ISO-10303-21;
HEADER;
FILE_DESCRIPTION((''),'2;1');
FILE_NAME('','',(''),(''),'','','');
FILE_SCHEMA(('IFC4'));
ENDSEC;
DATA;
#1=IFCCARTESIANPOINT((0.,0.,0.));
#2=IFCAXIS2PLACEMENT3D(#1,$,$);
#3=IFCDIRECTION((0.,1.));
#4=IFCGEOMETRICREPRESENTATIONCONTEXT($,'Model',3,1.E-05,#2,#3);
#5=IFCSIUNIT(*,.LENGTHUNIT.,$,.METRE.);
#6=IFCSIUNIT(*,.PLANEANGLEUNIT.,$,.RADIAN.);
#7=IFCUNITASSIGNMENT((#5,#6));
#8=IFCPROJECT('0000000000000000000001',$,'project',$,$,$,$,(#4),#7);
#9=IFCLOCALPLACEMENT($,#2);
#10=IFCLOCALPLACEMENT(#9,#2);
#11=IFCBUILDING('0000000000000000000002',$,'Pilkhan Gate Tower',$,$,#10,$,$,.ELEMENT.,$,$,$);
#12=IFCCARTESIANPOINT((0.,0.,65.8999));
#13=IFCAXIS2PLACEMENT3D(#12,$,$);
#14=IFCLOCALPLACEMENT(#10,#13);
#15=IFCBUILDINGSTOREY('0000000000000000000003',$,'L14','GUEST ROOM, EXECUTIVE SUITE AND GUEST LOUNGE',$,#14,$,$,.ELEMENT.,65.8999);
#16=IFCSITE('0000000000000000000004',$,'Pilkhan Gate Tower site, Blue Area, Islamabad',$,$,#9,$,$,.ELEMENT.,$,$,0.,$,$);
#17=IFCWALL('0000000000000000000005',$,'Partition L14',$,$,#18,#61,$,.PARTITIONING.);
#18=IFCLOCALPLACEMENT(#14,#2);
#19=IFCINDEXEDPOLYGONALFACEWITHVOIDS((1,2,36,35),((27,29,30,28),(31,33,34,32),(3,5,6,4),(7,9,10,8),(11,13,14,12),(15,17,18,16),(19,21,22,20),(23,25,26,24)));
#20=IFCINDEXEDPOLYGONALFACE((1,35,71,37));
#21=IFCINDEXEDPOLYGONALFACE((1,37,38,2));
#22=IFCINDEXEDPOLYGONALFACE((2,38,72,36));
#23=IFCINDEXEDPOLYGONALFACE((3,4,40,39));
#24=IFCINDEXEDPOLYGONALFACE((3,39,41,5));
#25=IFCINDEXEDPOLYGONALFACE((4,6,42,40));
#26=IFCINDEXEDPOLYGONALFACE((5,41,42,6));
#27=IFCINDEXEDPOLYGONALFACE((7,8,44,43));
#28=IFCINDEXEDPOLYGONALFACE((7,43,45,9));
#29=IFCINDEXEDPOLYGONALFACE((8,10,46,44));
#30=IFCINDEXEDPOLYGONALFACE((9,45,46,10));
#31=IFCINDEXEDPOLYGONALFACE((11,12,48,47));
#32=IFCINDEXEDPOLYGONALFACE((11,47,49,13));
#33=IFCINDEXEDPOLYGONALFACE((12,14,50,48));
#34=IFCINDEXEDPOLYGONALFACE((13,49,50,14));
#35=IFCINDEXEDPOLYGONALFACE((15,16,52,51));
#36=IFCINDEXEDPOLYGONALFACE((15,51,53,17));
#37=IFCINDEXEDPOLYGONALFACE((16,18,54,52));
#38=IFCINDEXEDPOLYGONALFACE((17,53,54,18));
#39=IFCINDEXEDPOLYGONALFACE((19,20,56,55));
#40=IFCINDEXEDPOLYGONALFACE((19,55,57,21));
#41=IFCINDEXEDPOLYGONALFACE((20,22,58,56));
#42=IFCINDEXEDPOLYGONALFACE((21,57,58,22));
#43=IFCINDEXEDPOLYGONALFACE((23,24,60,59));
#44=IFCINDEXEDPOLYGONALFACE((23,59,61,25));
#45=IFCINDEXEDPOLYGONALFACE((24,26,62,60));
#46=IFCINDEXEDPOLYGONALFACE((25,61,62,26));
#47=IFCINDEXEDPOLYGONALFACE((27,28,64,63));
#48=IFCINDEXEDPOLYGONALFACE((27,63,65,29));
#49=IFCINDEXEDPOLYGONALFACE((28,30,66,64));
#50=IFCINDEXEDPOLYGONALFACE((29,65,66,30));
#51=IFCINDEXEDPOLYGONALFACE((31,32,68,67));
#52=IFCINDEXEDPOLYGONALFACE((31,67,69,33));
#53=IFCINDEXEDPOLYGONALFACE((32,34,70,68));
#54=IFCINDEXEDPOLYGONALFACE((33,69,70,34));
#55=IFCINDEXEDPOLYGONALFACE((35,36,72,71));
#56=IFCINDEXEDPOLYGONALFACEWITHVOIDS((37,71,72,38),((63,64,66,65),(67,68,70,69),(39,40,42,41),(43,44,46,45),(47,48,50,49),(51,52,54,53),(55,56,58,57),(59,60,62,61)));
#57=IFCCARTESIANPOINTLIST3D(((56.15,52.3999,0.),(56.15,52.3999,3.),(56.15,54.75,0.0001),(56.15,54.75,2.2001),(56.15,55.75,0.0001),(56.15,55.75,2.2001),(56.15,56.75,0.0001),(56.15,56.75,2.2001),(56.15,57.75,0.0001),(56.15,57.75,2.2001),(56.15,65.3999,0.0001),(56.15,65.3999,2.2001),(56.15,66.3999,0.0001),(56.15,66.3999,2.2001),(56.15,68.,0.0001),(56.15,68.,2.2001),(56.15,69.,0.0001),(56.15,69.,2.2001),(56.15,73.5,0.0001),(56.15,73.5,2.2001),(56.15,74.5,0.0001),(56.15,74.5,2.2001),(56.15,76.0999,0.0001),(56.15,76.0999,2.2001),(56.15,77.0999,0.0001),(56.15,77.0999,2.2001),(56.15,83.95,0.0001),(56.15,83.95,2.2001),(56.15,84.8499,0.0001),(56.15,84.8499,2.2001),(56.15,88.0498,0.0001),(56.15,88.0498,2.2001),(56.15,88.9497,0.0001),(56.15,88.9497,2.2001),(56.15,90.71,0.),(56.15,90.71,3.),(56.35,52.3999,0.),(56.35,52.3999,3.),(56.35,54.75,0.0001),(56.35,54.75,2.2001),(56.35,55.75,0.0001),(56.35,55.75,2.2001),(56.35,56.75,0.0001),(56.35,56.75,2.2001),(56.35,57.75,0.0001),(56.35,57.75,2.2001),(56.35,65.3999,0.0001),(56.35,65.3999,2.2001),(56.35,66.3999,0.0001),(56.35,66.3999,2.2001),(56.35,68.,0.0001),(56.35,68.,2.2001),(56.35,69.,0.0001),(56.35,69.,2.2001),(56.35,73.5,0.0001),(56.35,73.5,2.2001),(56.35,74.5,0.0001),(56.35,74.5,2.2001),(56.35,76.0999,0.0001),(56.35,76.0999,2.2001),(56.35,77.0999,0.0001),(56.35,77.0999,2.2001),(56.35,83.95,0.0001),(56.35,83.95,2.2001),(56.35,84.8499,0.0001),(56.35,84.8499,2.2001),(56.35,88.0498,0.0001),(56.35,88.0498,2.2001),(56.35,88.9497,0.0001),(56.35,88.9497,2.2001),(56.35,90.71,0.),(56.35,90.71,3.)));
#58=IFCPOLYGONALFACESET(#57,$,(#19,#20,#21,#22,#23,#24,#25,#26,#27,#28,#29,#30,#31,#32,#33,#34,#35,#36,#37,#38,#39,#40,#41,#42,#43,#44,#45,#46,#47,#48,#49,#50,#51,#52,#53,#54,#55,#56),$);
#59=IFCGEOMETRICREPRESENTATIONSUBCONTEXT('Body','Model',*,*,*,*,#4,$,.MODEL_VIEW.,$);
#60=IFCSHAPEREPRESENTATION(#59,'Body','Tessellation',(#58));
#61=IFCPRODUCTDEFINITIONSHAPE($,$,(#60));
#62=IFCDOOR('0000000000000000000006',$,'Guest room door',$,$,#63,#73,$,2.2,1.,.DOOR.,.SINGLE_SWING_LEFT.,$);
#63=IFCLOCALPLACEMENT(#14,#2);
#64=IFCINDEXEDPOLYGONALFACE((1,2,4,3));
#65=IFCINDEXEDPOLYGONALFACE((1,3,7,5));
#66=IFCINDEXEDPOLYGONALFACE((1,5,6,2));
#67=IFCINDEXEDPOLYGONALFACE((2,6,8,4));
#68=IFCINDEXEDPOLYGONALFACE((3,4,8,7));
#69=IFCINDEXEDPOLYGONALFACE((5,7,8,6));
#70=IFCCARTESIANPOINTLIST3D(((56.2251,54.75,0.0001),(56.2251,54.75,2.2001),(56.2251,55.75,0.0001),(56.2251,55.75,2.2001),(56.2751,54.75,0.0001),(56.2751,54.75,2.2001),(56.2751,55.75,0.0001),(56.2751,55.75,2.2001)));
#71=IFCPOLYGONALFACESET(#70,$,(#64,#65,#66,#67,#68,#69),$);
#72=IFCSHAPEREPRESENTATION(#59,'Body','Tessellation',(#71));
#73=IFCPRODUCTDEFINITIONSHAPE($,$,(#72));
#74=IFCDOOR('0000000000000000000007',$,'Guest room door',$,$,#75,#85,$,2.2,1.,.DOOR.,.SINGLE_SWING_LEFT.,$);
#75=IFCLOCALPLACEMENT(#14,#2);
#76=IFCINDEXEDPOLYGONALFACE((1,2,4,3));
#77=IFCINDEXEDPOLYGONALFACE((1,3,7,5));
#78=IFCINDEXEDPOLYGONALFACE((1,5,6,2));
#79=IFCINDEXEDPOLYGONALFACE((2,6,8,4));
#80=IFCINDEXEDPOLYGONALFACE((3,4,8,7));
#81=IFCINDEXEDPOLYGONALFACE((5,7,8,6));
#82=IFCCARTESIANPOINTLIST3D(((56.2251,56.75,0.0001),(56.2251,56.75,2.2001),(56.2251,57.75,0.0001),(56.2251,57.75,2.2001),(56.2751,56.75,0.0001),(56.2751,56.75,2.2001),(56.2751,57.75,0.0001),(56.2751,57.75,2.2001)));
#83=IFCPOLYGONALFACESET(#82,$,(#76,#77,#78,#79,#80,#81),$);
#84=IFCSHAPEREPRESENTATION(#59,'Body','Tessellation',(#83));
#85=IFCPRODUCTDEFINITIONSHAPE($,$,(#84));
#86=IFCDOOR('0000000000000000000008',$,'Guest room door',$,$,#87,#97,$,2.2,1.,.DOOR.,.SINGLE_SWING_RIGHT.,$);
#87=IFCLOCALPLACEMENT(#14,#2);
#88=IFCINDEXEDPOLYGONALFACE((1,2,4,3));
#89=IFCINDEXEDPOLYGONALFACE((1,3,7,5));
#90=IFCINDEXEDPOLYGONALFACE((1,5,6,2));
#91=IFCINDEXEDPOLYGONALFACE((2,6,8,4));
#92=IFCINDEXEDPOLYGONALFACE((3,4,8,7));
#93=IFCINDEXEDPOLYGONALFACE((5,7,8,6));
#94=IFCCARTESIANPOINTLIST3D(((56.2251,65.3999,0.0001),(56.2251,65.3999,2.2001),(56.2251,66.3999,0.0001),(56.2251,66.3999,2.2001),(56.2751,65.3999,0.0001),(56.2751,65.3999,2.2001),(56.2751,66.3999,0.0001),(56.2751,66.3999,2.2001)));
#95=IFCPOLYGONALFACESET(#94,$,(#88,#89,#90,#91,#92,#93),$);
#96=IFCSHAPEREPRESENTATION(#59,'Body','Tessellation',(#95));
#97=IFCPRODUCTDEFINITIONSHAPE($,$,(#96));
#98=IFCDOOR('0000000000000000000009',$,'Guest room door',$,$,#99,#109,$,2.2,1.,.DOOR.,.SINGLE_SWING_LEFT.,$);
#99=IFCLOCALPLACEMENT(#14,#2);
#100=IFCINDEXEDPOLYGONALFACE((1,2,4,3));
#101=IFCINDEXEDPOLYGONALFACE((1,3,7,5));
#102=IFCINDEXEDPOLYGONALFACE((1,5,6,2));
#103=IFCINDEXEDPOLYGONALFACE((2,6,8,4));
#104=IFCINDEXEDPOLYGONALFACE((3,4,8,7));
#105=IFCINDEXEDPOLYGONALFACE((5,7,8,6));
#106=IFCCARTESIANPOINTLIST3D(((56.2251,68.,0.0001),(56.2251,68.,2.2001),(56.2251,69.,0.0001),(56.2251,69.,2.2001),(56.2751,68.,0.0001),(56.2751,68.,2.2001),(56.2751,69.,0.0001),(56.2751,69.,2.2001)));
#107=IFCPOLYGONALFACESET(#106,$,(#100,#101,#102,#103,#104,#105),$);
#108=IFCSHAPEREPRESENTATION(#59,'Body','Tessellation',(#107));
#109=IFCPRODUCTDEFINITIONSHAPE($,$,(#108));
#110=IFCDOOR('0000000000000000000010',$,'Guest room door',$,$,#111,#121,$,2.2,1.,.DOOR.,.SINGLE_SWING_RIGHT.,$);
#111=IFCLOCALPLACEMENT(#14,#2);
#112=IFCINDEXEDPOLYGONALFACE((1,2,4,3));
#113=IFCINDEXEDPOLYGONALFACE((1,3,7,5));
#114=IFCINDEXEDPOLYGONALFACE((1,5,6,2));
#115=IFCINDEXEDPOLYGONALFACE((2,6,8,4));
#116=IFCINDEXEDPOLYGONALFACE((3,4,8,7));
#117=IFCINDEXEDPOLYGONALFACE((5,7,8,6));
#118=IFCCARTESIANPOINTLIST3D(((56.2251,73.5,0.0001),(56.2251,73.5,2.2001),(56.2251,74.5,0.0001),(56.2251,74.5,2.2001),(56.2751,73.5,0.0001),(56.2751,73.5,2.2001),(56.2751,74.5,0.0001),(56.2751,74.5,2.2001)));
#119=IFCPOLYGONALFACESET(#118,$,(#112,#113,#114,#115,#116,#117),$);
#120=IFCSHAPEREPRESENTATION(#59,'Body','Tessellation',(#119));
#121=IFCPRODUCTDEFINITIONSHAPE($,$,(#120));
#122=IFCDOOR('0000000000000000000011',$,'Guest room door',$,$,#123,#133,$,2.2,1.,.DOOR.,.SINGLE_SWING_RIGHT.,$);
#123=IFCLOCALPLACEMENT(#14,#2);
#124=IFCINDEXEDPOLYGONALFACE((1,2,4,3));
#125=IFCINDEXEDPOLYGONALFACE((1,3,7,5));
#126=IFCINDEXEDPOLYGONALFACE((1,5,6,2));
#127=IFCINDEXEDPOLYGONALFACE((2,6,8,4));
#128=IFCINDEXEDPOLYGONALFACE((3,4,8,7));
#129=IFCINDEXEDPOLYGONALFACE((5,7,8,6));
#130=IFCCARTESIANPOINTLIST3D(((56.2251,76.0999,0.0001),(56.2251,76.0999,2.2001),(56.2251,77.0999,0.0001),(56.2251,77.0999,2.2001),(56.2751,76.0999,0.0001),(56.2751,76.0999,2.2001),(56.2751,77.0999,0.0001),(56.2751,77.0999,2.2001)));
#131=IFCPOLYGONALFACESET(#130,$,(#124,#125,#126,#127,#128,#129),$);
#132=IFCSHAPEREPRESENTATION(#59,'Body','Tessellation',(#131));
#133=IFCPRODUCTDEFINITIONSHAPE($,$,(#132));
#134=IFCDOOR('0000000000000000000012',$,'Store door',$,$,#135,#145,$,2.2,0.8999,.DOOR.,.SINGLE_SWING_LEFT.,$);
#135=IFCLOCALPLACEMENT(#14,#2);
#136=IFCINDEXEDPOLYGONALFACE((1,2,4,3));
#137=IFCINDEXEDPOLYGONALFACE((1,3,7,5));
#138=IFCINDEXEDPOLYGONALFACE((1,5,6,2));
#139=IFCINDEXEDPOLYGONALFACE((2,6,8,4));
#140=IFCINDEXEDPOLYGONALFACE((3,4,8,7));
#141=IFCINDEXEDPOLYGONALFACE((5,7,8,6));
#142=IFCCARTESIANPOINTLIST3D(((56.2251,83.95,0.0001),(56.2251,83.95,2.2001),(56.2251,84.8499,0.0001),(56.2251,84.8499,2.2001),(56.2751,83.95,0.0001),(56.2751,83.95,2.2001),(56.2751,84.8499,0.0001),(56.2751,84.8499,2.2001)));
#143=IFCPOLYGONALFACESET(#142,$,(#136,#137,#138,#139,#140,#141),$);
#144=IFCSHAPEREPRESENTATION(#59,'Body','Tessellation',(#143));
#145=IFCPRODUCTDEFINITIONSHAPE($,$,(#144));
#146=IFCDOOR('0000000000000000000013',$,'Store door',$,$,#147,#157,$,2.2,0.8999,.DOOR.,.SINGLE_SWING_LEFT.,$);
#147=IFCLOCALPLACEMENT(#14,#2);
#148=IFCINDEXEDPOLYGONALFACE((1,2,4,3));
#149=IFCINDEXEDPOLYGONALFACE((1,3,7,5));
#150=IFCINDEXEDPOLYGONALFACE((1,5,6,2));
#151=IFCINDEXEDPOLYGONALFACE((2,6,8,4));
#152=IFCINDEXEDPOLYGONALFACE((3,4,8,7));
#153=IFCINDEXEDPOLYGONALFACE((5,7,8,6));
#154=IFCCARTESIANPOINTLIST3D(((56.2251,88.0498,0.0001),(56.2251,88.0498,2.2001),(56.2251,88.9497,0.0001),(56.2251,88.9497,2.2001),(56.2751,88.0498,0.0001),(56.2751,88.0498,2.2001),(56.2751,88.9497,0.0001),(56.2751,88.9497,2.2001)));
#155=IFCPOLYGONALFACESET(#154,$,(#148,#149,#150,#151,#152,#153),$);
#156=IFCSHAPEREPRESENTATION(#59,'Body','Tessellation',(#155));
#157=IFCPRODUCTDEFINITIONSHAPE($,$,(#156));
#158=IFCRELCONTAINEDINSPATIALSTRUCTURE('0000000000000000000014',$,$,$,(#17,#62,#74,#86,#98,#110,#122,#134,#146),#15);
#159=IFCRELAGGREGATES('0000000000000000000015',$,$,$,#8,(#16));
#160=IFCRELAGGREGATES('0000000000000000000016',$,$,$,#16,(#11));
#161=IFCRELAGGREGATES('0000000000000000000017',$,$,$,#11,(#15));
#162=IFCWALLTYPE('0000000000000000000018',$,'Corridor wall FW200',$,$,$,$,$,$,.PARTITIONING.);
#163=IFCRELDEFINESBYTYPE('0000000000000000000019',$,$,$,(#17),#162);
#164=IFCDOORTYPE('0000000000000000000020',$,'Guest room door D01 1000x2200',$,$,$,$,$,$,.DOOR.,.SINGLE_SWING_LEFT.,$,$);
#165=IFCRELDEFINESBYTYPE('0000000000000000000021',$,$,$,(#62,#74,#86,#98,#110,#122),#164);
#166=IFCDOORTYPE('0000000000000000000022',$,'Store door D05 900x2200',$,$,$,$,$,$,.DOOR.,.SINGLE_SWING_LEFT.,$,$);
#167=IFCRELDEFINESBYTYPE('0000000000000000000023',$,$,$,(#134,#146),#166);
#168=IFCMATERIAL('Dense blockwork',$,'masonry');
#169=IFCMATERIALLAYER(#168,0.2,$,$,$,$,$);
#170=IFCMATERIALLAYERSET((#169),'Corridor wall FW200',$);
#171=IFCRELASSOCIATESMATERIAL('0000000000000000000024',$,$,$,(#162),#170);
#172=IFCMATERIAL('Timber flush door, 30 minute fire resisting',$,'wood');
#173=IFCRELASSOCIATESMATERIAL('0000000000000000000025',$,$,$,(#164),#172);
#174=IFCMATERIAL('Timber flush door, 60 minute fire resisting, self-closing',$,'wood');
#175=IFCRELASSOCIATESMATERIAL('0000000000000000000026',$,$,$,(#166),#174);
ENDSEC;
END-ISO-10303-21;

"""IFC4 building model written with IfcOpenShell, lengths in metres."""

from ifc_helpers import new_model, si_unit, direction, frame, frame_2d, origin, place, context, subcontext, project, spatial, rectangle, extrude, material, layer, layer_set, type_object, element, fill, save


model = new_model("IFC4")

# Units and contexts
model_context = context("Model", 3, precision=1e-05, world=origin(), true_north=direction((0.0, 1.0)))
body_context = subcontext(model_context, "Body", "Model", "MODEL_VIEW")
ifc_project = project(units=[si_unit("LENGTHUNIT", "METRE"), si_unit("PLANEANGLEUNIT", "RADIAN")], contexts=[model_context])

# Site, building, storey
site_placement = place(None, origin())
site = spatial("IfcSite", under=ifc_project, at=site_placement, Name="Pilkhan Gate Tower site, Blue Area, Islamabad", CompositionType="ELEMENT", RefElevation=0.0)
building_placement = place(site_placement, origin())
building = spatial("IfcBuilding", under=site, at=building_placement, Name="Pilkhan Gate Tower", CompositionType="ELEMENT")
storey_placement = place(building_placement, frame((0.0, 0.0, 65.8999)))
storey = spatial("IfcBuildingStorey", under=building, at=storey_placement, Name="L14", Description="GUEST ROOM, EXECUTIVE SUITE AND GUEST LOUNGE", CompositionType="ELEMENT", Elevation=65.8999)

# Wall, openings, doors
ifc_material_1 = material(Name="Dense blockwork", Category="masonry")
ifc_layer_1 = layer(ifc_material_1, 0.2)
ifc_layer_set_1 = layer_set([ifc_layer_1], Name="Corridor wall FW200")
wall_type_1 = type_object("IfcWallType", Name="Corridor wall FW200", PredefinedType="PARTITIONING", material=ifc_layer_set_1)
wall_1_placement = place(storey_placement, frame((56.25, 52.3999, 0.0), z_axis=(0.0, 0.0, 1.0), x_axis=(0.0, 1.0, 0.0)))
wall_1 = element("IfcWall", 1, at=wall_1_placement, inside=storey, type_object=wall_type_1, Name="Partition L14", PredefinedType="PARTITIONING", context=body_context, shape_type="SweptSolid", body=[
    extrude(rectangle(XDim=38.3101, YDim=0.2, at=frame_2d((19.155, 0.0))), origin(), (0.0, 0.0, 1.0), 3.0),
])
opening_1_placement = place(wall_1_placement, frame((2.3501, 0.0, 0.0)))
opening_1 = element("IfcOpeningElement", 2, at=opening_1_placement, cuts=wall_1, PredefinedType="OPENING", context=body_context, shape_type="SweptSolid", body=[
    extrude(rectangle(XDim=1.0, YDim=2.2, at=frame_2d((0.5, 1.1001))), frame((0.0, 0.1099, 0.0), z_axis=(0.0, -1.0, 0.0), x_axis=(1.0, 0.0, 0.0)), (0.0, 0.0, 1.0), 0.22),
])
opening_2_placement = place(wall_1_placement, frame((4.3501, 0.0, 0.0)))
opening_2 = element("IfcOpeningElement", 3, at=opening_2_placement, cuts=wall_1, PredefinedType="OPENING", context=body_context, shape_type="SweptSolid", body=[
    extrude(rectangle(XDim=1.0, YDim=2.2, at=frame_2d((0.5, 1.1001))), frame((0.0, 0.1099, 0.0), z_axis=(0.0, -1.0, 0.0), x_axis=(1.0, 0.0, 0.0)), (0.0, 0.0, 1.0), 0.22),
])
opening_3_placement = place(wall_1_placement, frame((13.0, 0.0, 0.0)))
opening_3 = element("IfcOpeningElement", 4, at=opening_3_placement, cuts=wall_1, PredefinedType="OPENING", context=body_context, shape_type="SweptSolid", body=[
    extrude(rectangle(XDim=1.0, YDim=2.2, at=frame_2d((0.5, 1.1001))), frame((0.0, 0.1099, 0.0), z_axis=(0.0, -1.0, 0.0), x_axis=(1.0, 0.0, 0.0)), (0.0, 0.0, 1.0), 0.22),
])
opening_4_placement = place(wall_1_placement, frame((15.6001, 0.0, 0.0)))
opening_4 = element("IfcOpeningElement", 5, at=opening_4_placement, cuts=wall_1, PredefinedType="OPENING", context=body_context, shape_type="SweptSolid", body=[
    extrude(rectangle(XDim=1.0, YDim=2.2, at=frame_2d((0.5, 1.1001))), frame((0.0, 0.1099, 0.0), z_axis=(0.0, -1.0, 0.0), x_axis=(1.0, 0.0, 0.0)), (0.0, 0.0, 1.0), 0.22),
])
opening_5_placement = place(wall_1_placement, frame((21.1001, 0.0, 0.0)))
opening_5 = element("IfcOpeningElement", 6, at=opening_5_placement, cuts=wall_1, PredefinedType="OPENING", context=body_context, shape_type="SweptSolid", body=[
    extrude(rectangle(XDim=1.0, YDim=2.2, at=frame_2d((0.5, 1.1001))), frame((0.0, 0.1099, 0.0), z_axis=(0.0, -1.0, 0.0), x_axis=(1.0, 0.0, 0.0)), (0.0, 0.0, 1.0), 0.22),
])
opening_6_placement = place(wall_1_placement, frame((23.7, 0.0, 0.0)))
opening_6 = element("IfcOpeningElement", 7, at=opening_6_placement, cuts=wall_1, PredefinedType="OPENING", context=body_context, shape_type="SweptSolid", body=[
    extrude(rectangle(XDim=1.0, YDim=2.2, at=frame_2d((0.5, 1.1001))), frame((0.0, 0.1099, 0.0), z_axis=(0.0, -1.0, 0.0), x_axis=(1.0, 0.0, 0.0)), (0.0, 0.0, 1.0), 0.22),
])
opening_7_placement = place(wall_1_placement, frame((31.55, 0.0, 0.0)))
opening_7 = element("IfcOpeningElement", 8, at=opening_7_placement, cuts=wall_1, PredefinedType="OPENING", context=body_context, shape_type="SweptSolid", body=[
    extrude(rectangle(XDim=0.8999, YDim=2.2, at=frame_2d((0.45, 1.1001))), frame((0.0, 0.1099, 0.0), z_axis=(0.0, -1.0, 0.0), x_axis=(1.0, 0.0, 0.0)), (0.0, 0.0, 1.0), 0.22),
])
opening_8_placement = place(wall_1_placement, frame((35.6499, 0.0, 0.0)))
opening_8 = element("IfcOpeningElement", 9, at=opening_8_placement, cuts=wall_1, PredefinedType="OPENING", context=body_context, shape_type="SweptSolid", body=[
    extrude(rectangle(XDim=0.8999, YDim=2.2, at=frame_2d((0.45, 1.1001))), frame((0.0, 0.1099, 0.0), z_axis=(0.0, -1.0, 0.0), x_axis=(1.0, 0.0, 0.0)), (0.0, 0.0, 1.0), 0.22),
])
ifc_material_2 = material(Name="Timber flush door, 30 minute fire resisting", Category="wood")
door_type_1 = type_object("IfcDoorType", Name="Guest room door D01 1000x2200", OperationType="SINGLE_SWING_LEFT", PredefinedType="DOOR", material=ifc_material_2)
door_1_placement = place(opening_1_placement, origin())
door_1 = element("IfcDoor", 10, at=door_1_placement, inside=storey, type_object=door_type_1, Name="Guest room door", OperationType="SINGLE_SWING_LEFT", OverallHeight=2.2, OverallWidth=1.0, PredefinedType="DOOR", context=body_context, shape_type="SweptSolid", body=[
    extrude(rectangle(XDim=1.0, YDim=2.2, at=frame_2d((0.5, 1.1001))), frame((0.0, 0.0249, 0.0), z_axis=(0.0, -1.0, 0.0), x_axis=(1.0, 0.0, 0.0)), (0.0, 0.0, 1.0), 0.05),
])
fill(opening_1, door_1)
door_2_placement = place(opening_2_placement, origin())
door_2 = element("IfcDoor", 11, at=door_2_placement, inside=storey, type_object=door_type_1, Name="Guest room door", OperationType="SINGLE_SWING_LEFT", OverallHeight=2.2, OverallWidth=1.0, PredefinedType="DOOR", context=body_context, shape_type="SweptSolid", body=[
    extrude(rectangle(XDim=1.0, YDim=2.2, at=frame_2d((0.5, 1.1001))), frame((0.0, 0.0249, 0.0), z_axis=(0.0, -1.0, 0.0), x_axis=(1.0, 0.0, 0.0)), (0.0, 0.0, 1.0), 0.05),
])
fill(opening_2, door_2)
door_3_placement = place(opening_3_placement, origin())
door_3 = element("IfcDoor", 12, at=door_3_placement, inside=storey, type_object=door_type_1, Name="Guest room door", OperationType="SINGLE_SWING_RIGHT", OverallHeight=2.2, OverallWidth=1.0, PredefinedType="DOOR", context=body_context, shape_type="SweptSolid", body=[
    extrude(rectangle(XDim=1.0, YDim=2.2, at=frame_2d((0.5, 1.1001))), frame((0.0, 0.0249, 0.0), z_axis=(0.0, -1.0, 0.0), x_axis=(1.0, 0.0, 0.0)), (0.0, 0.0, 1.0), 0.05),
])
fill(opening_3, door_3)
door_4_placement = place(opening_4_placement, origin())
door_4 = element("IfcDoor", 13, at=door_4_placement, inside=storey, type_object=door_type_1, Name="Guest room door", OperationType="SINGLE_SWING_LEFT", OverallHeight=2.2, OverallWidth=1.0, PredefinedType="DOOR", context=body_context, shape_type="SweptSolid", body=[
    extrude(rectangle(XDim=1.0, YDim=2.2, at=frame_2d((0.5, 1.1001))), frame((0.0, 0.0249, 0.0), z_axis=(0.0, -1.0, 0.0), x_axis=(1.0, 0.0, 0.0)), (0.0, 0.0, 1.0), 0.05),
])
fill(opening_4, door_4)
door_5_placement = place(opening_5_placement, origin())
door_5 = element("IfcDoor", 14, at=door_5_placement, inside=storey, type_object=door_type_1, Name="Guest room door", OperationType="SINGLE_SWING_RIGHT", OverallHeight=2.2, OverallWidth=1.0, PredefinedType="DOOR", context=body_context, shape_type="SweptSolid", body=[
    extrude(rectangle(XDim=1.0, YDim=2.2, at=frame_2d((0.5, 1.1001))), frame((0.0, 0.0249, 0.0), z_axis=(0.0, -1.0, 0.0), x_axis=(1.0, 0.0, 0.0)), (0.0, 0.0, 1.0), 0.05),
])
fill(opening_5, door_5)
door_6_placement = place(opening_6_placement, origin())
door_6 = element("IfcDoor", 15, at=door_6_placement, inside=storey, type_object=door_type_1, Name="Guest room door", OperationType="SINGLE_SWING_RIGHT", OverallHeight=2.2, OverallWidth=1.0, PredefinedType="DOOR", context=body_context, shape_type="SweptSolid", body=[
    extrude(rectangle(XDim=1.0, YDim=2.2, at=frame_2d((0.5, 1.1001))), frame((0.0, 0.0249, 0.0), z_axis=(0.0, -1.0, 0.0), x_axis=(1.0, 0.0, 0.0)), (0.0, 0.0, 1.0), 0.05),
])
fill(opening_6, door_6)
ifc_material_3 = material(Name="Timber flush door, 60 minute fire resisting, self-closing", Category="wood")
door_type_2 = type_object("IfcDoorType", Name="Store door D05 900x2200", OperationType="SINGLE_SWING_LEFT", PredefinedType="DOOR", material=ifc_material_3)
door_7_placement = place(opening_7_placement, origin())
door_7 = element("IfcDoor", 16, at=door_7_placement, inside=storey, type_object=door_type_2, Name="Store door", OperationType="SINGLE_SWING_LEFT", OverallHeight=2.2, OverallWidth=0.8999, PredefinedType="DOOR", context=body_context, shape_type="SweptSolid", body=[
    extrude(rectangle(XDim=0.8999, YDim=2.2, at=frame_2d((0.45, 1.1001))), frame((0.0, 0.0249, 0.0), z_axis=(0.0, -1.0, 0.0), x_axis=(1.0, 0.0, 0.0)), (0.0, 0.0, 1.0), 0.05),
])
fill(opening_7, door_7)
door_8_placement = place(opening_8_placement, origin())
door_8 = element("IfcDoor", 17, at=door_8_placement, inside=storey, type_object=door_type_2, Name="Store door", OperationType="SINGLE_SWING_LEFT", OverallHeight=2.2, OverallWidth=0.8999, PredefinedType="DOOR", context=body_context, shape_type="SweptSolid", body=[
    extrude(rectangle(XDim=0.8999, YDim=2.2, at=frame_2d((0.45, 1.1001))), frame((0.0, 0.0249, 0.0), z_axis=(0.0, -1.0, 0.0), x_axis=(1.0, 0.0, 0.0)), (0.0, 0.0, 1.0), 0.05),
])
fill(opening_8, door_8)

save(model, "model.ifc")
